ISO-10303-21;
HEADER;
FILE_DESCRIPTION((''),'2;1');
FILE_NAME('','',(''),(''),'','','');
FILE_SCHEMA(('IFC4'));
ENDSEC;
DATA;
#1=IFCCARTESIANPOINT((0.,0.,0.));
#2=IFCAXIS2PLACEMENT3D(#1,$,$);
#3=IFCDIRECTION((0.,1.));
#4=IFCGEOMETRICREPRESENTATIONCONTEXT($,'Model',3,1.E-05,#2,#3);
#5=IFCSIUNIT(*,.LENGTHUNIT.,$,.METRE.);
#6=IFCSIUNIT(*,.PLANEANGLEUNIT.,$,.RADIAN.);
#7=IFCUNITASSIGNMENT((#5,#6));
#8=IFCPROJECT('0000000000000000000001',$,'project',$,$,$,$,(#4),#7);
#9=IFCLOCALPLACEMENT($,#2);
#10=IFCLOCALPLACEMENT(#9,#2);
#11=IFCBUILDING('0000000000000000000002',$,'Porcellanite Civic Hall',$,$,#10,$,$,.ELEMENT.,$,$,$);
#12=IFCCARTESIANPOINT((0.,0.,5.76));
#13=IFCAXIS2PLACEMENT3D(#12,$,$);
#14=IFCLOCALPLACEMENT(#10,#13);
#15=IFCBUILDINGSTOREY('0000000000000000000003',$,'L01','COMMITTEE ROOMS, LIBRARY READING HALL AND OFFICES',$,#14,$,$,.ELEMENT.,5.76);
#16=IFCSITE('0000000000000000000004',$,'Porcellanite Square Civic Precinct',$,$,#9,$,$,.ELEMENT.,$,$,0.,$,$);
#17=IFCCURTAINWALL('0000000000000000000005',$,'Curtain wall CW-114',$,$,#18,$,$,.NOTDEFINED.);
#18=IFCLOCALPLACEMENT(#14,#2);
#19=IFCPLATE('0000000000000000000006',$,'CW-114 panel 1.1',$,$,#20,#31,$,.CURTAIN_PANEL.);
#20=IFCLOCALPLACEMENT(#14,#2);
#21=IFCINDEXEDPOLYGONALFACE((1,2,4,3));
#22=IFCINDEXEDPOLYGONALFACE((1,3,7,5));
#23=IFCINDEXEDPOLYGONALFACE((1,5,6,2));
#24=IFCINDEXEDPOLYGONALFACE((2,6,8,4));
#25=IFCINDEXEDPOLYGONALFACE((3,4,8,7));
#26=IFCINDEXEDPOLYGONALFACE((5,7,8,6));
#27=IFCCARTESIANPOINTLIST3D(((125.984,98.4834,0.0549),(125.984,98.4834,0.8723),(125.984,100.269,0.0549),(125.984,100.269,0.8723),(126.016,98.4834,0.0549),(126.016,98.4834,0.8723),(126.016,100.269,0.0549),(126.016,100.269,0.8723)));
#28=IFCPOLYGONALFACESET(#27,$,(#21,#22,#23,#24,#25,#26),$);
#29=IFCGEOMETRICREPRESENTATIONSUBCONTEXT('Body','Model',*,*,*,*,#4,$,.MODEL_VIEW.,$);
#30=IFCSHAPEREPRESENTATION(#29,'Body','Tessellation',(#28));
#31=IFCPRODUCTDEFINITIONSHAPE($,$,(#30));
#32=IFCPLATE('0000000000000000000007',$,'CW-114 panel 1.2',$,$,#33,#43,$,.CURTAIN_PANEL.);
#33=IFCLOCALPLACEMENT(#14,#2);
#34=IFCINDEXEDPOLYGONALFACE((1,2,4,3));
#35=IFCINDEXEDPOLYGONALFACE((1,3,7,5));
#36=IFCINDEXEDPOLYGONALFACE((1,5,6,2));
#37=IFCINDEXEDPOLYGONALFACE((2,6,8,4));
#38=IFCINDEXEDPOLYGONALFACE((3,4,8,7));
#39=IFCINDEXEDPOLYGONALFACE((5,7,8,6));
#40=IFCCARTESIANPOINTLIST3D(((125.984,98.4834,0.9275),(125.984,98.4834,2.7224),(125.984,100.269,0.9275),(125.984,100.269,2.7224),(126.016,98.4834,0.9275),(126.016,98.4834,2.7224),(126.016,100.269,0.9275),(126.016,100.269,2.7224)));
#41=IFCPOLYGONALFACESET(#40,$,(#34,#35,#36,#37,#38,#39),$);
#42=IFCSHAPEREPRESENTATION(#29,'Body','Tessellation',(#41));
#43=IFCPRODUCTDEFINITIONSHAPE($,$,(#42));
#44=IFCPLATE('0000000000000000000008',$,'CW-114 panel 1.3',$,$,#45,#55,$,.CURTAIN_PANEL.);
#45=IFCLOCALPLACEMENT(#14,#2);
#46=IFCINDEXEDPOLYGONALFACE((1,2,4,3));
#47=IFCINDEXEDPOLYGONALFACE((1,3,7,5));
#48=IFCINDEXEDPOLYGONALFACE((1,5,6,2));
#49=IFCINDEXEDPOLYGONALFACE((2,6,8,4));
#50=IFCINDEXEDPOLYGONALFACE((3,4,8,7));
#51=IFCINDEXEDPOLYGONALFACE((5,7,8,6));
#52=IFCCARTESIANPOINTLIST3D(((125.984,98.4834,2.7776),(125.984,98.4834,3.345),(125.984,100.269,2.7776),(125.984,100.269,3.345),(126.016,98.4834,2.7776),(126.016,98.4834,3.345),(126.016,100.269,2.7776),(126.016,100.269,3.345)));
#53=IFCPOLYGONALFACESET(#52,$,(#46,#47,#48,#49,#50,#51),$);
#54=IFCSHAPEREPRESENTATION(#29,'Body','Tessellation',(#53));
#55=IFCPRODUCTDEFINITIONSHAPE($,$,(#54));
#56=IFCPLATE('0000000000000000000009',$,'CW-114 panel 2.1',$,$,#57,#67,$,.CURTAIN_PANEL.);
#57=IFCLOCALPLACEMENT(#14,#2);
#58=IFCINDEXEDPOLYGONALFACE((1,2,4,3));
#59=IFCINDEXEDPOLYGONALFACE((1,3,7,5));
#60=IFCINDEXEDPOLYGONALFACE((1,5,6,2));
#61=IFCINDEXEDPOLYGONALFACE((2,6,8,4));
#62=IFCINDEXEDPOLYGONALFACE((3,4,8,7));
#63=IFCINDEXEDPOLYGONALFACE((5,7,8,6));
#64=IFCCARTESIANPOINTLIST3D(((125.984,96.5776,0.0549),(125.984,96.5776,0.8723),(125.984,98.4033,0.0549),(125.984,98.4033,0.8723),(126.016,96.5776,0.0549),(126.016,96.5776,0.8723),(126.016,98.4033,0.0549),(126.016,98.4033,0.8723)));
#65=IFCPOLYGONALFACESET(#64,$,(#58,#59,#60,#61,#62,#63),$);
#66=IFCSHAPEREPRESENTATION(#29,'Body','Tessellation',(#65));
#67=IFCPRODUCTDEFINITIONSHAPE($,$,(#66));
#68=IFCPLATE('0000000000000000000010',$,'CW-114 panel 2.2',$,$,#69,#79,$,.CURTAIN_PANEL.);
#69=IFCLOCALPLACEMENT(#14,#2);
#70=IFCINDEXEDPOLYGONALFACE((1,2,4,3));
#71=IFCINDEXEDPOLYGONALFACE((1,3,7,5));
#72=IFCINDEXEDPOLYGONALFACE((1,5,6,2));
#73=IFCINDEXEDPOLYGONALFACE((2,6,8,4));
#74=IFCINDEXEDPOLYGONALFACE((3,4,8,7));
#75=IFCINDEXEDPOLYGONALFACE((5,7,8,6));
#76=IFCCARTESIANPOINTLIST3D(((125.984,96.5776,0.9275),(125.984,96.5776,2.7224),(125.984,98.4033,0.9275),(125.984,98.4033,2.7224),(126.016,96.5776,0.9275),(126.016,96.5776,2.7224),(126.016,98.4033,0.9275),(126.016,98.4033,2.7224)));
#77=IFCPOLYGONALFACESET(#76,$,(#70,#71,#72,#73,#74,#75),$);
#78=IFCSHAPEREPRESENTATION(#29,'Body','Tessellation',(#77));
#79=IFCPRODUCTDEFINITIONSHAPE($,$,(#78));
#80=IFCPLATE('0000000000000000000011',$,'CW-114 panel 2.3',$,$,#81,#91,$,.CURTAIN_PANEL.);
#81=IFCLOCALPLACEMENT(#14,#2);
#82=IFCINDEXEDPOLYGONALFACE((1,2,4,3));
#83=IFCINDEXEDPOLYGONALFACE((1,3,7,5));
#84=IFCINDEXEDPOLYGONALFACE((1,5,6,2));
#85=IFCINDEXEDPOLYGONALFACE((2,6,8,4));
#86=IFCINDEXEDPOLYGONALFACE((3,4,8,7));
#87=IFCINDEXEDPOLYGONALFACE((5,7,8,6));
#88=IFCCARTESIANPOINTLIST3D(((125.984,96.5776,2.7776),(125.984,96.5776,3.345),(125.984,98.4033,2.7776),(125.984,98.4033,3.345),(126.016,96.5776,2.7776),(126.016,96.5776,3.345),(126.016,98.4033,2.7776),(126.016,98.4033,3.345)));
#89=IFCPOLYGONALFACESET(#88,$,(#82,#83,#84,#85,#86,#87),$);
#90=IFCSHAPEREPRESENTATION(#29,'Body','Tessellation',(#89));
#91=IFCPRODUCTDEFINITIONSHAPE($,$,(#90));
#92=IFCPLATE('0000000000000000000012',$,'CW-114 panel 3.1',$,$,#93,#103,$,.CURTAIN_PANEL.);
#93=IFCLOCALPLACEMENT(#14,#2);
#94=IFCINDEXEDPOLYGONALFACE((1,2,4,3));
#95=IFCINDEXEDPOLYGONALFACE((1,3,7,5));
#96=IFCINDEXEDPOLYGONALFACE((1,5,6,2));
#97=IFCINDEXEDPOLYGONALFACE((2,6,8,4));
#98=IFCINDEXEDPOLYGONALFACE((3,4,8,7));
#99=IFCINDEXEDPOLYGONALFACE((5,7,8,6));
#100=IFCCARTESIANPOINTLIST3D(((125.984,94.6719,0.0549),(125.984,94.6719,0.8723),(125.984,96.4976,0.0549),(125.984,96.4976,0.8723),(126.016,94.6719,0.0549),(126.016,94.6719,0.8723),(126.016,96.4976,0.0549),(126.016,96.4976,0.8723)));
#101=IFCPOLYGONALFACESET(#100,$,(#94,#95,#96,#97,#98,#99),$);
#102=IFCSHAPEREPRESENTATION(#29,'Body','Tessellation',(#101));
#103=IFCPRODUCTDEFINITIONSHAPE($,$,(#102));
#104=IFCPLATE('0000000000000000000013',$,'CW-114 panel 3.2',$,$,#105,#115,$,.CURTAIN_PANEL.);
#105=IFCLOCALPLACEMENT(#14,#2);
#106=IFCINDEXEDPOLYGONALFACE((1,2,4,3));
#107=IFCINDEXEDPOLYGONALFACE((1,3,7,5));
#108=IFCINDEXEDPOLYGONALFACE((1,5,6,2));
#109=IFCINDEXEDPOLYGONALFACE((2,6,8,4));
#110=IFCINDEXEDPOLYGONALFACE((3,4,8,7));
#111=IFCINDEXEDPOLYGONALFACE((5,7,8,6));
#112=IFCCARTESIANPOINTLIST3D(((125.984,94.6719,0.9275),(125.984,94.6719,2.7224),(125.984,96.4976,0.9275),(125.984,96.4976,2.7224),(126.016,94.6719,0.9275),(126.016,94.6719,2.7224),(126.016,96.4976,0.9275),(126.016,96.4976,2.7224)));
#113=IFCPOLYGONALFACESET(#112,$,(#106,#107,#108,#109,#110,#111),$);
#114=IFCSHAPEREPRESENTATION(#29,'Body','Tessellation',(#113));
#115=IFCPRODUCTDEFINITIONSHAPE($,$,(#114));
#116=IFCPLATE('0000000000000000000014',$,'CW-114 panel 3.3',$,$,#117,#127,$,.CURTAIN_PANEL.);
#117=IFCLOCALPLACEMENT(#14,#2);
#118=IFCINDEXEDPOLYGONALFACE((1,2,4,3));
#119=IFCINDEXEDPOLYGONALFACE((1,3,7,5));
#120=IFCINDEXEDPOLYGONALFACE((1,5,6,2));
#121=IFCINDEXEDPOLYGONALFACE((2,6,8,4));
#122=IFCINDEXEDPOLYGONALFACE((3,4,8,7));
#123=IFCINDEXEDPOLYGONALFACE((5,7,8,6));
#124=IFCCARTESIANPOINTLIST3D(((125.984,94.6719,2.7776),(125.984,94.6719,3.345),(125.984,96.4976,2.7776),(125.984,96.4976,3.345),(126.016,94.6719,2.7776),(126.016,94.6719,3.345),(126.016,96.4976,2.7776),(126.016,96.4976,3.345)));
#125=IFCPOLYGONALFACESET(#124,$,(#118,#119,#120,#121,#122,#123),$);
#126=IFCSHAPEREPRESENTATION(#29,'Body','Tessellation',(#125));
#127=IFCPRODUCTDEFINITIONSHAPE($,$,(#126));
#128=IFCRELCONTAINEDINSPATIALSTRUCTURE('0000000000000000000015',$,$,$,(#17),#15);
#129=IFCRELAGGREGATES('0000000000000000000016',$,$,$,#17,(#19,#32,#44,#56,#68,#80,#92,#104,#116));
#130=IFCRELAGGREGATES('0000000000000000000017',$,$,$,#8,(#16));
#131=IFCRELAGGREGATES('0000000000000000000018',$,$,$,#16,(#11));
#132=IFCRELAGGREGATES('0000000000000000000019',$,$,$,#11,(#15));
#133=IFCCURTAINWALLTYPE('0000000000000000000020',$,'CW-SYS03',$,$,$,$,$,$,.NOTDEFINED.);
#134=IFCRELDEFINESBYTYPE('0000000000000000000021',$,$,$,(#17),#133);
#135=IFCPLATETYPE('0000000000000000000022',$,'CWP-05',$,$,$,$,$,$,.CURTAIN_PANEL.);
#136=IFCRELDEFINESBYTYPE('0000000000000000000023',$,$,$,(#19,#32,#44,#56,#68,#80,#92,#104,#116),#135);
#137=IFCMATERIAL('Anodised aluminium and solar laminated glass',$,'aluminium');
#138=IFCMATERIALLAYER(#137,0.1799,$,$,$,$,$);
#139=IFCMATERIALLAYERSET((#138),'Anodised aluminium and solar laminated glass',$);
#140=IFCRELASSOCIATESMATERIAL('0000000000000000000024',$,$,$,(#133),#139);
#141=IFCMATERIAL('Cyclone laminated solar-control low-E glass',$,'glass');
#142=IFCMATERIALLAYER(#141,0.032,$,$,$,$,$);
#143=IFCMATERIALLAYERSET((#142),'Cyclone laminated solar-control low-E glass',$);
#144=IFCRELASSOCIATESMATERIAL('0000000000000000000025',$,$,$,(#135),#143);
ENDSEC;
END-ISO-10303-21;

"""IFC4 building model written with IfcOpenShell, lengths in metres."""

from ifc_helpers import new_model, si_unit, direction, frame, origin, origin_2d, place, context, subcontext, project, spatial, rectangle, extrude, material, layer, layer_set, type_object, element, aggregate, save


model = new_model("IFC4")

# Units and contexts
model_context = context("Model", 3, precision=1e-05, world=origin(), true_north=direction((0.0, 1.0)))
body_context = subcontext(model_context, "Body", "Model", "MODEL_VIEW")
ifc_project = project(units=[si_unit("LENGTHUNIT", "METRE"), si_unit("PLANEANGLEUNIT", "RADIAN")], contexts=[model_context])

# Site, building, storey
site_placement = place(None, origin())
site = spatial("IfcSite", under=ifc_project, at=site_placement, Name="Porcellanite Square Civic Precinct", CompositionType="ELEMENT", RefElevation=0.0)
building_placement = place(site_placement, origin())
building = spatial("IfcBuilding", under=site, at=building_placement, Name="Porcellanite Civic Hall", CompositionType="ELEMENT")
storey_placement = place(building_placement, frame((0.0, 0.0, 5.76)))
storey = spatial("IfcBuildingStorey", under=building, at=storey_placement, Name="L01", Description="COMMITTEE ROOMS, LIBRARY READING HALL AND OFFICES", CompositionType="ELEMENT", Elevation=5.76)

# Curtain wall
ifc_material_1 = material(Name="Anodised aluminium and solar laminated glass", Category="aluminium")
ifc_layer_1 = layer(ifc_material_1, 0.1799)
ifc_layer_set_1 = layer_set([ifc_layer_1], Name="Anodised aluminium and solar laminated glass")
curtain_wall_type_1 = type_object("IfcCurtainWallType", Name="CW-SYS03", PredefinedType="NOTDEFINED", material=ifc_layer_set_1)
curtain_wall_1_placement = place(storey_placement, origin())
curtain_wall_1 = element("IfcCurtainWall", 1, at=curtain_wall_1_placement, inside=storey, type_object=curtain_wall_type_1, Name="Curtain wall CW-114", PredefinedType="NOTDEFINED")

# Plates
ifc_material_2 = material(Name="Cyclone laminated solar-control low-E glass", Category="glass")
ifc_layer_2 = layer(ifc_material_2, 0.032)
ifc_layer_set_2 = layer_set([ifc_layer_2], Name="Cyclone laminated solar-control low-E glass")
plate_type_1 = type_object("IfcPlateType", Name="CWP-05", PredefinedType="CURTAIN_PANEL", material=ifc_layer_set_2)
plate_1_placement = place(storey_placement, frame((126.0, 99.3762, 0.0549), z_axis=(0.0, 0.0, 1.0), x_axis=(0.0, -1.0, 0.0)))
plate_1 = element("IfcPlate", 2, at=plate_1_placement, type_object=plate_type_1, Name="CW-114 panel 1.1", PredefinedType="CURTAIN_PANEL", context=body_context, shape_type="SweptSolid", body=[
    extrude(rectangle(XDim=1.7856, YDim=0.032, at=origin_2d()), origin(), (0.0, 0.0, 1.0), 0.8174),
])
plate_2_placement = place(storey_placement, frame((126.0, 99.3762, 0.9275), z_axis=(0.0, 0.0, 1.0), x_axis=(0.0, -1.0, 0.0)))
plate_2 = element("IfcPlate", 3, at=plate_2_placement, type_object=plate_type_1, Name="CW-114 panel 1.2", PredefinedType="CURTAIN_PANEL", context=body_context, shape_type="SweptSolid", body=[
    extrude(rectangle(XDim=1.7856, YDim=0.032, at=origin_2d()), origin(), (0.0, 0.0, 1.0), 1.7949),
])
plate_3_placement = place(storey_placement, frame((126.0, 99.3762, 2.7776), z_axis=(0.0, 0.0, 1.0), x_axis=(0.0, -1.0, 0.0)))
plate_3 = element("IfcPlate", 4, at=plate_3_placement, type_object=plate_type_1, Name="CW-114 panel 1.3", PredefinedType="CURTAIN_PANEL", context=body_context, shape_type="SweptSolid", body=[
    extrude(rectangle(XDim=1.7856, YDim=0.032, at=origin_2d()), origin(), (0.0, 0.0, 1.0), 0.5674),
])
plate_4_placement = place(storey_placement, frame((126.0, 97.4905, 0.0549), z_axis=(0.0, 0.0, 1.0), x_axis=(0.0, -1.0, 0.0)))
plate_4 = element("IfcPlate", 5, at=plate_4_placement, type_object=plate_type_1, Name="CW-114 panel 2.1", PredefinedType="CURTAIN_PANEL", context=body_context, shape_type="SweptSolid", body=[
    extrude(rectangle(XDim=1.8257, YDim=0.032, at=origin_2d()), origin(), (0.0, 0.0, 1.0), 0.8174),
])
plate_5_placement = place(storey_placement, frame((126.0, 97.4905, 0.9275), z_axis=(0.0, 0.0, 1.0), x_axis=(0.0, -1.0, 0.0)))
plate_5 = element("IfcPlate", 6, at=plate_5_placement, type_object=plate_type_1, Name="CW-114 panel 2.2", PredefinedType="CURTAIN_PANEL", context=body_context, shape_type="SweptSolid", body=[
    extrude(rectangle(XDim=1.8257, YDim=0.032, at=origin_2d()), origin(), (0.0, 0.0, 1.0), 1.7949),
])
plate_6_placement = place(storey_placement, frame((126.0, 97.4905, 2.7776), z_axis=(0.0, 0.0, 1.0), x_axis=(0.0, -1.0, 0.0)))
plate_6 = element("IfcPlate", 7, at=plate_6_placement, type_object=plate_type_1, Name="CW-114 panel 2.3", PredefinedType="CURTAIN_PANEL", context=body_context, shape_type="SweptSolid", body=[
    extrude(rectangle(XDim=1.8257, YDim=0.032, at=origin_2d()), origin(), (0.0, 0.0, 1.0), 0.5674),
])
plate_7_placement = place(storey_placement, frame((126.0, 95.5847, 0.0549), z_axis=(0.0, 0.0, 1.0), x_axis=(0.0, -1.0, 0.0)))
plate_7 = element("IfcPlate", 8, at=plate_7_placement, type_object=plate_type_1, Name="CW-114 panel 3.1", PredefinedType="CURTAIN_PANEL", context=body_context, shape_type="SweptSolid", body=[
    extrude(rectangle(XDim=1.8257, YDim=0.032, at=origin_2d()), origin(), (0.0, 0.0, 1.0), 0.8174),
])
plate_8_placement = place(storey_placement, frame((126.0, 95.5847, 0.9275), z_axis=(0.0, 0.0, 1.0), x_axis=(0.0, -1.0, 0.0)))
plate_8 = element("IfcPlate", 9, at=plate_8_placement, type_object=plate_type_1, Name="CW-114 panel 3.2", PredefinedType="CURTAIN_PANEL", context=body_context, shape_type="SweptSolid", body=[
    extrude(rectangle(XDim=1.8257, YDim=0.032, at=origin_2d()), origin(), (0.0, 0.0, 1.0), 1.7949),
])
plate_9_placement = place(storey_placement, frame((126.0, 95.5847, 2.7776), z_axis=(0.0, 0.0, 1.0), x_axis=(0.0, -1.0, 0.0)))
plate_9 = element("IfcPlate", 10, at=plate_9_placement, type_object=plate_type_1, Name="CW-114 panel 3.3", PredefinedType="CURTAIN_PANEL", context=body_context, shape_type="SweptSolid", body=[
    extrude(rectangle(XDim=1.8257, YDim=0.032, at=origin_2d()), origin(), (0.0, 0.0, 1.0), 0.5674),
])
aggregate(curtain_wall_1, [plate_1, plate_2, plate_3, plate_4, plate_5, plate_6, plate_7, plate_8, plate_9])

save(model, "model.ifc")
